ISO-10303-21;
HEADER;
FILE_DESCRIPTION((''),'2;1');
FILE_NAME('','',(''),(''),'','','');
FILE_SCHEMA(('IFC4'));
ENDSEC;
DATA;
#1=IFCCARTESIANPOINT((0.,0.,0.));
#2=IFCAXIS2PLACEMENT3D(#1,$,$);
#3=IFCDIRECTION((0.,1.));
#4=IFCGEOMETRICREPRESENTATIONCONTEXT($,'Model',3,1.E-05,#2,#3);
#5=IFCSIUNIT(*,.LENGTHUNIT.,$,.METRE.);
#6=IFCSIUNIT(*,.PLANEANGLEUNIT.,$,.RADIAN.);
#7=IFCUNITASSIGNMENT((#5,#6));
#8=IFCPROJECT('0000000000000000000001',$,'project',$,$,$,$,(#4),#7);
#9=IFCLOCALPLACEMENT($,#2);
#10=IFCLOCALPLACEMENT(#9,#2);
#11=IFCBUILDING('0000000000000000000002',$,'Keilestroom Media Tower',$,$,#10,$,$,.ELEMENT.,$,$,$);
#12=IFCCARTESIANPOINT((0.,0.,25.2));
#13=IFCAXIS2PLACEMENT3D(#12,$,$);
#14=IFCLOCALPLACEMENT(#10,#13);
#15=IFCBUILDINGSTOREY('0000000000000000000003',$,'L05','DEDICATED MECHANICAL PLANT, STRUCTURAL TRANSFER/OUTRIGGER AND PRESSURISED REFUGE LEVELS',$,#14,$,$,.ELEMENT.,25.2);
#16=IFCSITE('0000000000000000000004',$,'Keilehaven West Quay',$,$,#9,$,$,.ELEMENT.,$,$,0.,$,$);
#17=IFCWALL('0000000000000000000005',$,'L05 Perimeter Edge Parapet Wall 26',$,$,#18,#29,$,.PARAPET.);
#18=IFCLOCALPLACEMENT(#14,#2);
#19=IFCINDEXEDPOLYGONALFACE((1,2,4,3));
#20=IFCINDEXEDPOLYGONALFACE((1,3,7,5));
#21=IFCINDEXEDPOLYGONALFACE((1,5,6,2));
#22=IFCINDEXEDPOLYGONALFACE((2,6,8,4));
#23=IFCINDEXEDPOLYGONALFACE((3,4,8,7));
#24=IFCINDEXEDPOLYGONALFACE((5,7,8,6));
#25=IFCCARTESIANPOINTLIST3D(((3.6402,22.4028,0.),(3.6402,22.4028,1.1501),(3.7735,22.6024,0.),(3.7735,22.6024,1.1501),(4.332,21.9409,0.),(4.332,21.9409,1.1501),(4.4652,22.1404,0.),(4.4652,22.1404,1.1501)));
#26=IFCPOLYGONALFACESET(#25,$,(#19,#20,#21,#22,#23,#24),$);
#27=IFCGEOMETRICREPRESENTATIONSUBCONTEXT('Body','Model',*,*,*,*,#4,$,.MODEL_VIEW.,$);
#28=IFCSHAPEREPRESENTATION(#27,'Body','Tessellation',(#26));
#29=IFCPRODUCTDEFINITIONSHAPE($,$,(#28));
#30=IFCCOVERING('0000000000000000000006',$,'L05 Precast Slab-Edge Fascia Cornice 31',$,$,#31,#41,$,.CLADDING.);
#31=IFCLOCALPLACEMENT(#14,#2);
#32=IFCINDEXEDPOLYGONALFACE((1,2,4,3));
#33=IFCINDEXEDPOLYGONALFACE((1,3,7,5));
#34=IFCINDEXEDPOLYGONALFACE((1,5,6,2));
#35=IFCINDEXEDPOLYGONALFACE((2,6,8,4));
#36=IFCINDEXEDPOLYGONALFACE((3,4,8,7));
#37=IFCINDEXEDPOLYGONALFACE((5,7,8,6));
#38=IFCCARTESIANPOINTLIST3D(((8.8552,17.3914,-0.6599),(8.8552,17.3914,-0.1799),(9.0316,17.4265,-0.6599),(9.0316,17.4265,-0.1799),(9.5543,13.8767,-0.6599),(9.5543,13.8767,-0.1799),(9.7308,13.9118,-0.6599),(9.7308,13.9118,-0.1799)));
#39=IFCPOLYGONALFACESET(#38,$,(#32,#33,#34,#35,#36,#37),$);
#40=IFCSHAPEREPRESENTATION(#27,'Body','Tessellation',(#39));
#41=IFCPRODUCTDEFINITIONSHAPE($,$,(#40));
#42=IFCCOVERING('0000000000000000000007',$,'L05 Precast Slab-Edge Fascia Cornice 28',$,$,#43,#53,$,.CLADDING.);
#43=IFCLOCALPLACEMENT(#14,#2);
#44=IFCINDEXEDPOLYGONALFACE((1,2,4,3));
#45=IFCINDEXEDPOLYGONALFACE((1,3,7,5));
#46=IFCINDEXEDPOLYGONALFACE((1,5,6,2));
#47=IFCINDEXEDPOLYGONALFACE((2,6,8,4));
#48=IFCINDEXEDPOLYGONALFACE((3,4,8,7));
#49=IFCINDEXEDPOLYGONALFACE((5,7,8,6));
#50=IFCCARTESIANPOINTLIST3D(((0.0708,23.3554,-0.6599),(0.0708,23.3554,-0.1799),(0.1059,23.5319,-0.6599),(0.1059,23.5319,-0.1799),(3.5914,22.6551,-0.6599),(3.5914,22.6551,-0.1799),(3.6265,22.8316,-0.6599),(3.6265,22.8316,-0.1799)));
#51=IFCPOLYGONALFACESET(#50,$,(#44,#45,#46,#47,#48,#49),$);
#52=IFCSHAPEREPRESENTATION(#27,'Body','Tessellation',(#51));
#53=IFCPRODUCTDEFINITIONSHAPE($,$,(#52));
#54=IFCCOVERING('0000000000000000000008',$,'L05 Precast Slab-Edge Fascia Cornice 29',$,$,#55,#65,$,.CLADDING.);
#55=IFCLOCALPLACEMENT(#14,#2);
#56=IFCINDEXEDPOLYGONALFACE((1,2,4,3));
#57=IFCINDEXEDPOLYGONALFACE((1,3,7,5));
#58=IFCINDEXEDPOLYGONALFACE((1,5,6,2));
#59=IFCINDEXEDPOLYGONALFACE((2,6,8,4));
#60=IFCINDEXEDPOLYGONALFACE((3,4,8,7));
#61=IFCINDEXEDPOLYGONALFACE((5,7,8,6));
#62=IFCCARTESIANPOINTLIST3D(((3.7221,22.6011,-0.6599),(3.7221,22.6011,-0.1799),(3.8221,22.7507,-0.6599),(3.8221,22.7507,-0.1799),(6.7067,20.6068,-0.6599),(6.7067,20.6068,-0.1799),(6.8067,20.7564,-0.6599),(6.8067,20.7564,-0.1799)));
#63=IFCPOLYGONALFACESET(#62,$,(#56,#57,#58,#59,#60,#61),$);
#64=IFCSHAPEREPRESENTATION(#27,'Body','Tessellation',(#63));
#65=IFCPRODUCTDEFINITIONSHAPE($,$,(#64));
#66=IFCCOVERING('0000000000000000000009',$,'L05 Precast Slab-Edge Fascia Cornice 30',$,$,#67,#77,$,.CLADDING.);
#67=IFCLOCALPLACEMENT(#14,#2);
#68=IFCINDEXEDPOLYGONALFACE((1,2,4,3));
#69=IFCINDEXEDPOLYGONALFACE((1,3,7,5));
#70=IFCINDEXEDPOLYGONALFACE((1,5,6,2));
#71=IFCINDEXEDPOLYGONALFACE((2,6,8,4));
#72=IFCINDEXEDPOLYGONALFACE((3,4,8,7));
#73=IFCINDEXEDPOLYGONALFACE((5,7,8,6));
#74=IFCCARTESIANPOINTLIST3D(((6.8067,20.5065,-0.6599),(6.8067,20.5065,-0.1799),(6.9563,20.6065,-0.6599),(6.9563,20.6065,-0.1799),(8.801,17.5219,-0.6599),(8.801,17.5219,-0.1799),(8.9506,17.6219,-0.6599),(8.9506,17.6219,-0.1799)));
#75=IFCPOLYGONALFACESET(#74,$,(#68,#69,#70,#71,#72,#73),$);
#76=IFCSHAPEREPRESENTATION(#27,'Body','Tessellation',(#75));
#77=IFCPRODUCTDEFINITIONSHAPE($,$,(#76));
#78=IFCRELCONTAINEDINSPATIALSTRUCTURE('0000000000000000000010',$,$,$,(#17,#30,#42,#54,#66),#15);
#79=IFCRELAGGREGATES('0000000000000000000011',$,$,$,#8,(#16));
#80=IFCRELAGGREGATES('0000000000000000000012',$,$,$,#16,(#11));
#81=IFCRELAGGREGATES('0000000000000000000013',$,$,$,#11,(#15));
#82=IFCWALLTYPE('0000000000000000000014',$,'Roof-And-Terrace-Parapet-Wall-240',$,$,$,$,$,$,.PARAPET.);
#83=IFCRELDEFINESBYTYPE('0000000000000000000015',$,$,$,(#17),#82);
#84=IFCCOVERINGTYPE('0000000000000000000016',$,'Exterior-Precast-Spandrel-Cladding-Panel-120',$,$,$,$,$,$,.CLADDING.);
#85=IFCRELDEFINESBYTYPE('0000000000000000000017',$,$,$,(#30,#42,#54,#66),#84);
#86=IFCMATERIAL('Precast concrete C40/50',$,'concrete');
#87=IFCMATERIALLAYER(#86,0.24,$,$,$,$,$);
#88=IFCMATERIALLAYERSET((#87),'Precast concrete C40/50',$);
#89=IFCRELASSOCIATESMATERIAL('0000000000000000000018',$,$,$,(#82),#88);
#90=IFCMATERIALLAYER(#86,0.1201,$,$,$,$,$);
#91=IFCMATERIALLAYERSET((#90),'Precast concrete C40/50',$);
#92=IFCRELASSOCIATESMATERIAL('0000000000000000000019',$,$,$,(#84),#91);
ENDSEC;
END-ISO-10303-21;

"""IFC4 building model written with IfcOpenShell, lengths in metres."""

from ifc_helpers import new_model, si_unit, direction, frame, frame_2d, origin, origin_2d, place, context, subcontext, project, spatial, rectangle, extrude, source, transform, mapped, material, layer, layer_set, type_object, element, save


model = new_model("IFC4")

# Units and contexts
model_context = context("Model", 3, precision=1e-05, world=origin(), true_north=direction((0.0, 1.0)))
body_context = subcontext(model_context, "Body", "Model", "MODEL_VIEW")
ifc_project = project(units=[si_unit("LENGTHUNIT", "METRE"), si_unit("PLANEANGLEUNIT", "RADIAN")], contexts=[model_context])

# Site, building, storey
site_placement = place(None, origin())
site = spatial("IfcSite", under=ifc_project, at=site_placement, Name="Keilehaven West Quay", CompositionType="ELEMENT", RefElevation=0.0)
building_placement = place(site_placement, origin())
building = spatial("IfcBuilding", under=site, at=building_placement, Name="Keilestroom Media Tower", CompositionType="ELEMENT")
storey_placement = place(building_placement, frame((0.0, 0.0, 25.2)))
storey = spatial("IfcBuildingStorey", under=building, at=storey_placement, Name="L05", Description="DEDICATED MECHANICAL PLANT, STRUCTURAL TRANSFER/OUTRIGGER AND PRESSURISED REFUGE LEVELS", CompositionType="ELEMENT", Elevation=25.2)

# Shared definitions
ifc_material_1 = material(Name="Precast concrete C40/50", Category="concrete")

# Wall
ifc_layer_1 = layer(ifc_material_1, 0.24)
ifc_layer_set_1 = layer_set([ifc_layer_1], Name="Precast concrete C40/50")
wall_type_1 = type_object("IfcWallType", Name="Roof-And-Terrace-Parapet-Wall-240", PredefinedType="PARAPET", material=ifc_layer_set_1)
wall_1_placement = place(storey_placement, frame((3.7068, 22.5027, 0.0), z_axis=(0.0, 0.0, 1.0), x_axis=(0.831598, -0.555377, 0.0)))
element("IfcWall", 1, at=wall_1_placement, inside=storey, type_object=wall_type_1, Name="L05 Perimeter Edge Parapet Wall 26", PredefinedType="PARAPET", context=body_context, shape_type="SweptSolid", body=[
    extrude(rectangle(XDim=0.8318, YDim=0.24, at=frame_2d((0.416, 0.0))), origin(), (0.0, 0.0, 1.0), 1.1501),
])

# Coverings
ifc_layer_2 = layer(ifc_material_1, 0.1201)
ifc_layer_set_2 = layer_set([ifc_layer_2], Name="Precast concrete C40/50")
covering_type = type_object("IfcCoveringType", Name="Exterior-Precast-Spandrel-Cladding-Panel-120", PredefinedType="CLADDING", material=ifc_layer_set_2)
shared_shape_1 = source(origin(), body_context, "Body", "SweptSolid", [
    extrude(rectangle(XDim=3.5835, YDim=0.1799, at=origin_2d()), origin(), (0.0, 0.0, 1.0), 0.48),
])
covering_placement = place(storey_placement, frame((9.293, 15.6516, -0.6599), z_axis=(0.0, 0.0, 1.0), x_axis=(0.195099, -0.980784, 0.0)))
element("IfcCovering", 2, at=covering_placement, inside=storey, type_object=covering_type, Name="L05 Precast Slab-Edge Fascia Cornice 31", PredefinedType="CLADDING", context=body_context, shape_type="MappedRepresentation", body=[
    mapped(shared_shape_1, transform((0.0, 0.0, 0.0), x_axis=(1.0, 0.0, 0.0), y_axis=(0.0, 1.0, 0.0), z_axis=(0.0, 0.0, 1.0), scale=1.0)),
])
shared_shape_2 = source(origin(), body_context, "Body", "SweptSolid", [
    extrude(rectangle(XDim=3.5896, YDim=0.1799, at=origin_2d()), origin(), (0.0, 0.0, 1.0), 0.48),
])
for number, where, z_axis, x_axis, name in (
    (3, (1.8486, 23.0935, -0.6599), (0.0, 0.0, 1.0), (0.980784, -0.195099, 0.0), "L05 Precast Slab-Edge Fascia Cornice 28"),
    (4, (5.2644, 21.6787, -0.6599), (0.0, 0.0, 1.0), (0.831467, -0.555575, 0.0), "L05 Precast Slab-Edge Fascia Cornice 29"),
    (5, (7.8787, 19.0642, -0.6599), (0.0, 0.0, 1.0), (0.555575, -0.831467, 0.0), "L05 Precast Slab-Edge Fascia Cornice 30"),
):
    element("IfcCovering", number, at=place(storey_placement, frame(where, z_axis=z_axis, x_axis=x_axis)), inside=storey, type_object=covering_type, Name=name, PredefinedType="CLADDING", context=body_context, shape_type="MappedRepresentation", body=[
        mapped(shared_shape_2, transform((0.0, 0.0, 0.0), x_axis=(1.0, 0.0, 0.0), y_axis=(0.0, 1.0, 0.0), z_axis=(0.0, 0.0, 1.0), scale=1.0)),
    ])

save(model, "model.ifc")
